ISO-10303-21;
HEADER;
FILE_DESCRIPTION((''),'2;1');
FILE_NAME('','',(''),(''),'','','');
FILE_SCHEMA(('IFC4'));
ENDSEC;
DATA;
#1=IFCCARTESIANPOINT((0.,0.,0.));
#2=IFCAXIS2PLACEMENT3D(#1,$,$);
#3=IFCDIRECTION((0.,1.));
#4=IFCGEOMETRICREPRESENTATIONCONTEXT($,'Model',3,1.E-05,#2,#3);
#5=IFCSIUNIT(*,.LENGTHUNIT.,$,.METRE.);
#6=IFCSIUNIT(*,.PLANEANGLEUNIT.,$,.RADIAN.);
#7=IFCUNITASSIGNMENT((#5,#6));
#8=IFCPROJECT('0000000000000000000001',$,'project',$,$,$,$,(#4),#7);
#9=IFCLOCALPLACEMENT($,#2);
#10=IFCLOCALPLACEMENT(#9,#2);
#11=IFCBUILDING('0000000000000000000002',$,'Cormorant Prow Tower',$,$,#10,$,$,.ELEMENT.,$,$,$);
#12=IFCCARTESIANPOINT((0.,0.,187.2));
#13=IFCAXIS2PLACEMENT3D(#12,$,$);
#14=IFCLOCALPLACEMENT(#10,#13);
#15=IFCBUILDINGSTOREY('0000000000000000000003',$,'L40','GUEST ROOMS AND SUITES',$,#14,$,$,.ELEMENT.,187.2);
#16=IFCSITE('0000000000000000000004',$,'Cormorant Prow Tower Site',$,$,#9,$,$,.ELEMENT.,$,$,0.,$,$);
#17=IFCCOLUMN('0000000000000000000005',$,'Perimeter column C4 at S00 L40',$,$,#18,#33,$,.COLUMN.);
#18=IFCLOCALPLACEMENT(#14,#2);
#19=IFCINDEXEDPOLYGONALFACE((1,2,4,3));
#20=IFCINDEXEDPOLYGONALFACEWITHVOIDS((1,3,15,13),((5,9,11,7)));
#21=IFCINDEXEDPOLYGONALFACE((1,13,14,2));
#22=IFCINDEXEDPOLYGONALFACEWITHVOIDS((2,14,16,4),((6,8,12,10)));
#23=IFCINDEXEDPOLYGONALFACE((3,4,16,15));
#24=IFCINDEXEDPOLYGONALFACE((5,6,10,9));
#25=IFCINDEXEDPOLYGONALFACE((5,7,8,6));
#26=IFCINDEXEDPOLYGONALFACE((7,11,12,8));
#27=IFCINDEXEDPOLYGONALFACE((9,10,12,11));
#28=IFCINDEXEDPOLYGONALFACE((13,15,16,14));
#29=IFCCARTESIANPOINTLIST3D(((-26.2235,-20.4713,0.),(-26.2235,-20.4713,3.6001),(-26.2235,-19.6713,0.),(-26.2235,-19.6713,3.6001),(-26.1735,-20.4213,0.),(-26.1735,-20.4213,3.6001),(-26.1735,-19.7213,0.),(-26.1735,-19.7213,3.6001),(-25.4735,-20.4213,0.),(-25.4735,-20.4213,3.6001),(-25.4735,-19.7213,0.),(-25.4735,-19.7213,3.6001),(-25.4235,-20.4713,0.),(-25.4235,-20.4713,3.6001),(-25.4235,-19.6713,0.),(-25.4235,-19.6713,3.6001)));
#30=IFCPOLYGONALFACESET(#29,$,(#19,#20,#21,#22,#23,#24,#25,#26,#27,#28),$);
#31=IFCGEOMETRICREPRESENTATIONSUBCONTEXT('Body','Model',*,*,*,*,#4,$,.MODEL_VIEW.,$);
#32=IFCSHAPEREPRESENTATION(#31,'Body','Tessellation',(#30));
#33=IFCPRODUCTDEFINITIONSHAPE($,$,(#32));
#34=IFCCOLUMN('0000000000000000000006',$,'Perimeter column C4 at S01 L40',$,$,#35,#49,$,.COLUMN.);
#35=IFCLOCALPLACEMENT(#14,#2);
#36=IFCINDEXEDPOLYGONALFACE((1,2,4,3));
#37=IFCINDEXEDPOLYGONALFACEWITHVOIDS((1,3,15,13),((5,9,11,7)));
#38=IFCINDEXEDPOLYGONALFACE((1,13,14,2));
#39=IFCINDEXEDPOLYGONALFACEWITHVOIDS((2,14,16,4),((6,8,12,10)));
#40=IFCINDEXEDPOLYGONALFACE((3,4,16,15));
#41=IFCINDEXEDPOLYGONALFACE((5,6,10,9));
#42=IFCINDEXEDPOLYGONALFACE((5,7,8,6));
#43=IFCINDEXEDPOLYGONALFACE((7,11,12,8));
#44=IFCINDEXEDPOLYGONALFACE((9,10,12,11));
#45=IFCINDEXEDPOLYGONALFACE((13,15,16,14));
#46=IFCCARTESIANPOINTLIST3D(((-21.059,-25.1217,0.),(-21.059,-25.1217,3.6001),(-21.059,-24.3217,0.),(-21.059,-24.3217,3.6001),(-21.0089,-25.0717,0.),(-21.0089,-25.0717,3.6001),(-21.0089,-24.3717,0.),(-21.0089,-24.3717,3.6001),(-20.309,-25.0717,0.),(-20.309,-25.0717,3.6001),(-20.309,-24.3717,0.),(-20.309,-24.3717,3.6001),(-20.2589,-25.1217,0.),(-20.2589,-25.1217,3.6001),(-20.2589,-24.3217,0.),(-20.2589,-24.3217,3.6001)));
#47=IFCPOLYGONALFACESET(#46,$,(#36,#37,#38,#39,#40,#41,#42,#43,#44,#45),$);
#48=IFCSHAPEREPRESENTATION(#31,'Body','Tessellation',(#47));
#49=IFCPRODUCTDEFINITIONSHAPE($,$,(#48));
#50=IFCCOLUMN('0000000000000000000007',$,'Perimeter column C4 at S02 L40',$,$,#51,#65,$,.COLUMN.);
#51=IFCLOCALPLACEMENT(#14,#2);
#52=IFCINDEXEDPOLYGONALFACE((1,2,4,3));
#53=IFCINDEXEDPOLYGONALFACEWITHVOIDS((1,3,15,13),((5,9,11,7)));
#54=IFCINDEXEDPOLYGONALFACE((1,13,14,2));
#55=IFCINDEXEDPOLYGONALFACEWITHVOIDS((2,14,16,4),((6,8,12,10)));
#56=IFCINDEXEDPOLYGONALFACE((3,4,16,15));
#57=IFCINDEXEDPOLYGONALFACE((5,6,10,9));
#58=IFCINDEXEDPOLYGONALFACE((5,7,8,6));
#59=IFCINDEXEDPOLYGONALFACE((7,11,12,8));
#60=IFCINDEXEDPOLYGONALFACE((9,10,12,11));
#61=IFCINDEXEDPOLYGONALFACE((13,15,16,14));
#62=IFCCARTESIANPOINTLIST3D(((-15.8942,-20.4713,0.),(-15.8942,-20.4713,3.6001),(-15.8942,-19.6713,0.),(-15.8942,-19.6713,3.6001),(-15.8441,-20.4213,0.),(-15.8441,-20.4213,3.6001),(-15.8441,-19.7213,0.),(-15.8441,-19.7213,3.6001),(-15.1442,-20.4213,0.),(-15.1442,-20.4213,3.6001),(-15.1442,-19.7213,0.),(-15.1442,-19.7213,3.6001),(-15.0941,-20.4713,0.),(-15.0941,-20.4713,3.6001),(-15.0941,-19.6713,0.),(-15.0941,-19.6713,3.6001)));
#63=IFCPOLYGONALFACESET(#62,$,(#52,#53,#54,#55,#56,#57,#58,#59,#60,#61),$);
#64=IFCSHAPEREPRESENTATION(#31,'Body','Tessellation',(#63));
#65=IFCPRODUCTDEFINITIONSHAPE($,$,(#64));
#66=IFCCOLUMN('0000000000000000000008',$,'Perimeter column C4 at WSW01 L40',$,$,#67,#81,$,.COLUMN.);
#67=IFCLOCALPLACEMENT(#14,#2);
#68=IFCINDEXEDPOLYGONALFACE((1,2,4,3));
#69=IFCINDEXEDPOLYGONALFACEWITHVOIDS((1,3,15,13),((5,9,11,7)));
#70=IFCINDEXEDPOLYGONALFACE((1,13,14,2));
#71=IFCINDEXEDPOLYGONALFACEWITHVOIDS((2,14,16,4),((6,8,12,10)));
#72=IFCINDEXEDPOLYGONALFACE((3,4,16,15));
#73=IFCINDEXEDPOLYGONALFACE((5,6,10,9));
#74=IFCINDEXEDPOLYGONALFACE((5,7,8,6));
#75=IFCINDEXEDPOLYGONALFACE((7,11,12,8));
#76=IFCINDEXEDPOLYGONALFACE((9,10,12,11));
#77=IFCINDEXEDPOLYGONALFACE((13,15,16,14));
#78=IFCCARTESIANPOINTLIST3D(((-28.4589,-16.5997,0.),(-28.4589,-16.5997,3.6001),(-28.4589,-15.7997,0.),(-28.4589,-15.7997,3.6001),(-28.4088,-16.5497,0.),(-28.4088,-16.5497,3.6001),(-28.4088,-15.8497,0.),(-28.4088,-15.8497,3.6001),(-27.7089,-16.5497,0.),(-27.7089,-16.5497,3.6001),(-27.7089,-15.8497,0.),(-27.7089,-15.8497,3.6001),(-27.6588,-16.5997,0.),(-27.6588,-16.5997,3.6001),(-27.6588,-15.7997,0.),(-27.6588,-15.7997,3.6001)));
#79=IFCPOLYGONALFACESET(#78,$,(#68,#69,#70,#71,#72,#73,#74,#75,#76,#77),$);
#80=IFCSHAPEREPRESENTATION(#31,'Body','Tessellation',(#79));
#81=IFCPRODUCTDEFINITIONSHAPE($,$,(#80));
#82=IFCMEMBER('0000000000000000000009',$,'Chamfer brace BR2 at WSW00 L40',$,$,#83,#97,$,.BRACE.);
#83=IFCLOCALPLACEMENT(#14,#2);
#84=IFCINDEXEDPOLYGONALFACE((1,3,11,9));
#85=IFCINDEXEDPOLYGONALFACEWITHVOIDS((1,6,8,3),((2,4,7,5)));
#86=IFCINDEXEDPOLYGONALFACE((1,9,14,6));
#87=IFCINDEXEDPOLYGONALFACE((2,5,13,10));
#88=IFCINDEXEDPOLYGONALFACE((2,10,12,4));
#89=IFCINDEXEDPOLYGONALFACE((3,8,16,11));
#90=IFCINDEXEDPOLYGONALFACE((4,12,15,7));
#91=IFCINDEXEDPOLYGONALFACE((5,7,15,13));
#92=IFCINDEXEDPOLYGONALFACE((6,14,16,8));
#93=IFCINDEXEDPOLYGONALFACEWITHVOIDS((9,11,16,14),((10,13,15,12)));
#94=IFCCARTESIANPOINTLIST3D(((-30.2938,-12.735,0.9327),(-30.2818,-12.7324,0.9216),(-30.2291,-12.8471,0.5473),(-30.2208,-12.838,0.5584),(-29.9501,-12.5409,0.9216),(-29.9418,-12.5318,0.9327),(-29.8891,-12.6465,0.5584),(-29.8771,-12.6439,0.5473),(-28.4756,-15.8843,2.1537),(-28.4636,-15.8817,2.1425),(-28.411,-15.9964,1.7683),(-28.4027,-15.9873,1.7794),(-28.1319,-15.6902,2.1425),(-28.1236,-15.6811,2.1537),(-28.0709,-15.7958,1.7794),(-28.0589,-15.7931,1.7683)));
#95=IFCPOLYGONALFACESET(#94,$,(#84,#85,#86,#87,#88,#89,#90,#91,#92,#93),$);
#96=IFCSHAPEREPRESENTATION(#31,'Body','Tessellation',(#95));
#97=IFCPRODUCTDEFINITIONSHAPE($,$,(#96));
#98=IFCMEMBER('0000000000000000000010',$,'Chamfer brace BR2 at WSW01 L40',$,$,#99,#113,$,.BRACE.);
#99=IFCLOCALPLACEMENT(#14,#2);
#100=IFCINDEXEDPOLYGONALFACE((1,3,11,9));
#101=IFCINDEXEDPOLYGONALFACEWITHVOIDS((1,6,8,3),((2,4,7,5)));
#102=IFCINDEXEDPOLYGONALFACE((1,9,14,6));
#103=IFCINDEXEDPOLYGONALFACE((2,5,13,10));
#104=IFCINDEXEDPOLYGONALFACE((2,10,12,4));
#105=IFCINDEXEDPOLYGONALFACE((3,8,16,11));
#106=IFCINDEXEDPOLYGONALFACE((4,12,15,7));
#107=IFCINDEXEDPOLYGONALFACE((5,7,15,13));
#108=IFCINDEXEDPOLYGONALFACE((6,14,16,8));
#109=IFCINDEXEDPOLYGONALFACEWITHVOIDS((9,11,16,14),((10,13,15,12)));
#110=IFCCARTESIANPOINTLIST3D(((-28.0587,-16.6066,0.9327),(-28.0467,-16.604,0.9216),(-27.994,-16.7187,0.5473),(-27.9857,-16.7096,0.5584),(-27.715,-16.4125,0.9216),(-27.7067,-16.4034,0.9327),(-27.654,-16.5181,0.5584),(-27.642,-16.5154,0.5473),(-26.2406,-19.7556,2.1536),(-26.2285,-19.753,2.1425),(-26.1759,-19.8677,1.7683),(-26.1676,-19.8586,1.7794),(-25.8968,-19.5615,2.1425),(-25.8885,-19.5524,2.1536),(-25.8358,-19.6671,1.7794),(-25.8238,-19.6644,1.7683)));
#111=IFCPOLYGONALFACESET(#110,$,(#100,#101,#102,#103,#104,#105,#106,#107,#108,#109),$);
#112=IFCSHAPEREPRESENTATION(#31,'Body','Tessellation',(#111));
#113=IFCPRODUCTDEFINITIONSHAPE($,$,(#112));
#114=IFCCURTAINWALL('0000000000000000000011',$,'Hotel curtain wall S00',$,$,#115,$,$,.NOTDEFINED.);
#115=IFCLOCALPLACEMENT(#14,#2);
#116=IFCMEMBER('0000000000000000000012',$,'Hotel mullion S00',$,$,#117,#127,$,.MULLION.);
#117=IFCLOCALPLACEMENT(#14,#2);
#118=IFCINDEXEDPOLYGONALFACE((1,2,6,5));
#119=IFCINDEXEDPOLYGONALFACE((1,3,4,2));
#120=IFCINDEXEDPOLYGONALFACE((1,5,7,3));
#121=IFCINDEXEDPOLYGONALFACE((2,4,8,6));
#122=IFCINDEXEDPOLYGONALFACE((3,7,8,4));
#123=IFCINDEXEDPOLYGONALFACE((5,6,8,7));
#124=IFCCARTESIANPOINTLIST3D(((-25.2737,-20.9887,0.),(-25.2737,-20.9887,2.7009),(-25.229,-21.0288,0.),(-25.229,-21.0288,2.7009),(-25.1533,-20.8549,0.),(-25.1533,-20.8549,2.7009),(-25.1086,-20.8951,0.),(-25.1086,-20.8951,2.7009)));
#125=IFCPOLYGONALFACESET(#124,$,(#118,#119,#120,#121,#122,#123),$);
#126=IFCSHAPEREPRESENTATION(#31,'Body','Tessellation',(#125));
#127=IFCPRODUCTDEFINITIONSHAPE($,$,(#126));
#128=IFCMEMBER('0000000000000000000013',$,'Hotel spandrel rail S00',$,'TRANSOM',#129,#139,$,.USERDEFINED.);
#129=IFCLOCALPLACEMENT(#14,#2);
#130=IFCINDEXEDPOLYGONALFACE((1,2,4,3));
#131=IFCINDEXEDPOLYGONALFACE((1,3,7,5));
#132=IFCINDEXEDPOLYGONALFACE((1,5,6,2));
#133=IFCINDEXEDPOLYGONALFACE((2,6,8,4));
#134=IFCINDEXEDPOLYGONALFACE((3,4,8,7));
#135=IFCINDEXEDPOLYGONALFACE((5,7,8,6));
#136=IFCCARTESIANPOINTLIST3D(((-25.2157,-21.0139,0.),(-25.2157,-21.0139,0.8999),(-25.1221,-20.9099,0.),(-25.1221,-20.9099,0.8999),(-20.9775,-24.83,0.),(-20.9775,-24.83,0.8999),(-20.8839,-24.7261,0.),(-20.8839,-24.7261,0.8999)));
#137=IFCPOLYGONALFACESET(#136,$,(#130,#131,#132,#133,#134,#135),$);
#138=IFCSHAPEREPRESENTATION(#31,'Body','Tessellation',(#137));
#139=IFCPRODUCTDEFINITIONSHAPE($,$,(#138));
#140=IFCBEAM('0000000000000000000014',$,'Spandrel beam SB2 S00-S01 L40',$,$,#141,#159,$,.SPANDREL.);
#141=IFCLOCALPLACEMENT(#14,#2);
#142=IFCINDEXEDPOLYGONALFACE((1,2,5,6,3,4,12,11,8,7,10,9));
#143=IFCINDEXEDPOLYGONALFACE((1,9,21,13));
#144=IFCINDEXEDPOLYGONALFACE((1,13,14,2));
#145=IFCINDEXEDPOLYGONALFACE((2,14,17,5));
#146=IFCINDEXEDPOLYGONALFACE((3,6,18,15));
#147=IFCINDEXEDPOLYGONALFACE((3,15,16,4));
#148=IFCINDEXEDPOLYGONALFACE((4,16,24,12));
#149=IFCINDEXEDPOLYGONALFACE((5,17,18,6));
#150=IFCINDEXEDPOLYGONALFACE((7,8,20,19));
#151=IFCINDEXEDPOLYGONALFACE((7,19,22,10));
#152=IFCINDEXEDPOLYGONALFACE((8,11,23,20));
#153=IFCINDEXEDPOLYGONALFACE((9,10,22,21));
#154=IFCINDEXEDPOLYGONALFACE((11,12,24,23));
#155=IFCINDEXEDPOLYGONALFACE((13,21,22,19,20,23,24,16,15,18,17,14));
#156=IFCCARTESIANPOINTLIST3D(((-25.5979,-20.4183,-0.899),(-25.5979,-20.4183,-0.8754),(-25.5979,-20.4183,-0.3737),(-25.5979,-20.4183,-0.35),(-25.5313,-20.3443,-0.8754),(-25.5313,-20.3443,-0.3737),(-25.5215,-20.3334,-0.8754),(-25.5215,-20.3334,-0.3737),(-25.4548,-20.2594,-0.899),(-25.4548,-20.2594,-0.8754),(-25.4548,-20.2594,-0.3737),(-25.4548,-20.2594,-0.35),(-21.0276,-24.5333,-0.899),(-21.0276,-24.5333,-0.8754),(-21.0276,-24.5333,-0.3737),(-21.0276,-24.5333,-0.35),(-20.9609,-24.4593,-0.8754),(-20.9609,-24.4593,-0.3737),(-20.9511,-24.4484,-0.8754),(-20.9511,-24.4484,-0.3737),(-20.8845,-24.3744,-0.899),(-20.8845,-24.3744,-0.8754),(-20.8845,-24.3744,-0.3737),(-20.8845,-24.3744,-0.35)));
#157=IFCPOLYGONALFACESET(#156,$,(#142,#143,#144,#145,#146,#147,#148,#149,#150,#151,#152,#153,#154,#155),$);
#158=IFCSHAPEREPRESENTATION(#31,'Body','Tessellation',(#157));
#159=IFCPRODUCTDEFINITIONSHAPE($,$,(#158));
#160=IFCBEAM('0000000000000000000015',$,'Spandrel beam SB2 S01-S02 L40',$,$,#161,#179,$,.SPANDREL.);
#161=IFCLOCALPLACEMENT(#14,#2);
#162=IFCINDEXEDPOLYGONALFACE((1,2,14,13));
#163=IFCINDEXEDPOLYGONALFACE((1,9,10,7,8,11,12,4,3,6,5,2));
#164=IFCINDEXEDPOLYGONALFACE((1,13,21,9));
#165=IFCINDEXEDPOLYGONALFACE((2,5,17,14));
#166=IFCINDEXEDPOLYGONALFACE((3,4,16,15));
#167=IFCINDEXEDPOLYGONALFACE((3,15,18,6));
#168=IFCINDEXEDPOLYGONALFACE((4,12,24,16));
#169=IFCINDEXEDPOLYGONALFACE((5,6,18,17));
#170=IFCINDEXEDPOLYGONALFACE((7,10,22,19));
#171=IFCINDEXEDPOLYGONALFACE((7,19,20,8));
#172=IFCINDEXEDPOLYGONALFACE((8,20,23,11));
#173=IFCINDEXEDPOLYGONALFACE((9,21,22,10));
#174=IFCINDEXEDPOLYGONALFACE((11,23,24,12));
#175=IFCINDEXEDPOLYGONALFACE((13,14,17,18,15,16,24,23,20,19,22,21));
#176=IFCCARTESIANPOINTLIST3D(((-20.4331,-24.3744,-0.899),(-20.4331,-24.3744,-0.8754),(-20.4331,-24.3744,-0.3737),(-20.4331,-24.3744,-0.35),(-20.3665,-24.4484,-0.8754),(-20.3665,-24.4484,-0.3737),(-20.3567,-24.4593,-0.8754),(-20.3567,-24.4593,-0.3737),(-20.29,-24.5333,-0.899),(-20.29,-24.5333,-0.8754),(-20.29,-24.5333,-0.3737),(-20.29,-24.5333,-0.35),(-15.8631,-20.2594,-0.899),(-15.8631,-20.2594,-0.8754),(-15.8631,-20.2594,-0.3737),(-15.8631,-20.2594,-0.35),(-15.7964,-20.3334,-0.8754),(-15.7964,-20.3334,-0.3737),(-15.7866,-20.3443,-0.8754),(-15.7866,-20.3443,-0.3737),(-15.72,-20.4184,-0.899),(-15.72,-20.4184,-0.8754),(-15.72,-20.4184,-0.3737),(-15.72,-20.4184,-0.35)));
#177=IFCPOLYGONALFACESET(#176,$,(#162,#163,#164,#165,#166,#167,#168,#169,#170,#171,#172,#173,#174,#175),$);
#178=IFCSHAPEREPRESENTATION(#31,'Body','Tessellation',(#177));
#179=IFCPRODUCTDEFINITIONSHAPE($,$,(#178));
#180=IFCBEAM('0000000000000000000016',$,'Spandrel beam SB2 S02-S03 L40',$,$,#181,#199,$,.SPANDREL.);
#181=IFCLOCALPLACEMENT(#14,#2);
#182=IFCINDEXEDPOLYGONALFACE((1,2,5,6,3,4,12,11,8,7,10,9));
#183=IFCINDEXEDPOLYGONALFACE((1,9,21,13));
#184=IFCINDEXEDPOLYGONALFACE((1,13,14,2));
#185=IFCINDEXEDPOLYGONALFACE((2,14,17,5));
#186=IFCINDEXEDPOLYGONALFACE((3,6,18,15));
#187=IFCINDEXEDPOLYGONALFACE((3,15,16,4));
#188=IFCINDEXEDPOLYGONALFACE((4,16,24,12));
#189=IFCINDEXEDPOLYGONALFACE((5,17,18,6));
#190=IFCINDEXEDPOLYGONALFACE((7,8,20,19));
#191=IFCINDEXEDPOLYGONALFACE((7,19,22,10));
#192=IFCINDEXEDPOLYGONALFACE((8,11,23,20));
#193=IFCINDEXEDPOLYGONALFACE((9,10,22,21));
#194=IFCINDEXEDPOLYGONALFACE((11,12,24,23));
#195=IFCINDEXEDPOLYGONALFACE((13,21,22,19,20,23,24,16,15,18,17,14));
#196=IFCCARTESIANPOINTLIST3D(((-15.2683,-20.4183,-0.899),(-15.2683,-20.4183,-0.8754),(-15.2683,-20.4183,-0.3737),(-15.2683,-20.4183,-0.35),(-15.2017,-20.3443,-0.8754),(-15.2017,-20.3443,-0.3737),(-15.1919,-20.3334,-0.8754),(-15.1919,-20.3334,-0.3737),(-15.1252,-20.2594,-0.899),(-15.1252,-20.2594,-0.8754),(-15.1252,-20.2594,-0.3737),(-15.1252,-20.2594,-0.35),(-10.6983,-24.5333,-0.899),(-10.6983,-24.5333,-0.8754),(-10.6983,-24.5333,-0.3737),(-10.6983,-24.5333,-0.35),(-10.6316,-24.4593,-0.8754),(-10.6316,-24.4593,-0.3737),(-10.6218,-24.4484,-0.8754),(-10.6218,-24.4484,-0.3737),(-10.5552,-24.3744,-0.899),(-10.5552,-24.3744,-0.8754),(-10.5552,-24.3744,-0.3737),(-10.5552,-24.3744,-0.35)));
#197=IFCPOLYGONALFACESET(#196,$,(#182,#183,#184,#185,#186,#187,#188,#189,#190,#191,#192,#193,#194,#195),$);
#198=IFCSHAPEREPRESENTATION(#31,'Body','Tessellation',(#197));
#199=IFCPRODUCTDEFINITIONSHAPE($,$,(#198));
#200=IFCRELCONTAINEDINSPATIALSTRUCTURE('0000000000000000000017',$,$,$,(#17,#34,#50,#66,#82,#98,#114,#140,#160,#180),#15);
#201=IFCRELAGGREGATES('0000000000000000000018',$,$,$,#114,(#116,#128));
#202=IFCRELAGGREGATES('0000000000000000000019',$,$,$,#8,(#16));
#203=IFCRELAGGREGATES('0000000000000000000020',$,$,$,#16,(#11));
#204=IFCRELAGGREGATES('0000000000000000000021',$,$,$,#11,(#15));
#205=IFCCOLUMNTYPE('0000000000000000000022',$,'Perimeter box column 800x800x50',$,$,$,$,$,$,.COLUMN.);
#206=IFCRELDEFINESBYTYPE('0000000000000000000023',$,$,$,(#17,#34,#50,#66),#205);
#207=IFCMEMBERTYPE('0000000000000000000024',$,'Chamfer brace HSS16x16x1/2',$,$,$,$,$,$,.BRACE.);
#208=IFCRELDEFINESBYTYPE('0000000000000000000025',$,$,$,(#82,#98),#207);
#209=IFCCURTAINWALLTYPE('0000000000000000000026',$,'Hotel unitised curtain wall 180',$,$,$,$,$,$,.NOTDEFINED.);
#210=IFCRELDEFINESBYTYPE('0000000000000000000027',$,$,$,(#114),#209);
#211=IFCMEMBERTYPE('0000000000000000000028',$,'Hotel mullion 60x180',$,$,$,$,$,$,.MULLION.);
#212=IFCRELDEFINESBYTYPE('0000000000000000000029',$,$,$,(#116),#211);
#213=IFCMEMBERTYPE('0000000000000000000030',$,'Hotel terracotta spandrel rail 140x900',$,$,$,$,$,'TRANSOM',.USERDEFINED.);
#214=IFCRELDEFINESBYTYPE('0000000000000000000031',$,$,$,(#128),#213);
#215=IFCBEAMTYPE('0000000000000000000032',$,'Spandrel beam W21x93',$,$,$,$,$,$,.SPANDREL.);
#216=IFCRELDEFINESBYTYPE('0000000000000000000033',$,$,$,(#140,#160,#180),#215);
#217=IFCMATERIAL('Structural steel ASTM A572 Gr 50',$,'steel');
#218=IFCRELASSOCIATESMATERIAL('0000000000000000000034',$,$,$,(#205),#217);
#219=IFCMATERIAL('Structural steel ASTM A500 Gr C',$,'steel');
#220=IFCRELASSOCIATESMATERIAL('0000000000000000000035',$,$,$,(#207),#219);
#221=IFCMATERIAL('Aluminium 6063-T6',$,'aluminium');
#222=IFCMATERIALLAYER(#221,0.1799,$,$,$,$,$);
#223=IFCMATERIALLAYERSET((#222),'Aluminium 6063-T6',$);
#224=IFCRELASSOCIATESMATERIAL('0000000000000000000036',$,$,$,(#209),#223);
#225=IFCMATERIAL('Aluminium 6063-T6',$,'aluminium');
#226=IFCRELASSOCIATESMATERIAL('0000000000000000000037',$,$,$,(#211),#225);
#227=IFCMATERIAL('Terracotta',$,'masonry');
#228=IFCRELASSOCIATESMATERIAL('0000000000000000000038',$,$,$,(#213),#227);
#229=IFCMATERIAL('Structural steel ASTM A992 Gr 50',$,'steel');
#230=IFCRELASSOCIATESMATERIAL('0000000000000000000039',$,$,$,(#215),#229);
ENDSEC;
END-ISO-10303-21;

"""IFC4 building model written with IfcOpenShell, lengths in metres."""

from ifc_helpers import new_model, si_unit, direction, frame, origin, origin_2d, place, context, subcontext, project, spatial, rectangle, hollow_rectangle, i_section, extrude, material, layer, layer_set, material_profile, profile_set, type_object, element, aggregate, save


model = new_model("IFC4")

# Units and contexts
model_context = context("Model", 3, precision=1e-05, world=origin(), true_north=direction((0.0, 1.0)))
body_context = subcontext(model_context, "Body", "Model", "MODEL_VIEW")
ifc_project = project(units=[si_unit("LENGTHUNIT", "METRE"), si_unit("PLANEANGLEUNIT", "RADIAN")], contexts=[model_context])

# Site, building, storey
site_placement = place(None, origin())
site = spatial("IfcSite", under=ifc_project, at=site_placement, Name="Cormorant Prow Tower Site", CompositionType="ELEMENT", RefElevation=0.0)
building_placement = place(site_placement, origin())
building = spatial("IfcBuilding", under=site, at=building_placement, Name="Cormorant Prow Tower", CompositionType="ELEMENT")
storey_placement = place(building_placement, frame((0.0, 0.0, 187.2)))
storey = spatial("IfcBuildingStorey", under=building, at=storey_placement, Name="L40", Description="GUEST ROOMS AND SUITES", CompositionType="ELEMENT", Elevation=187.2)

# Columns
ifc_material_1 = material(Name="Structural steel ASTM A572 Gr 50", Category="steel")
ifc_material_profile_1 = material_profile(ifc_material_1, hollow_rectangle(XDim=0.8, YDim=0.8, WallThickness=0.05, at=origin_2d()), Name="Box 800x800x50")
ifc_profile_set_1 = profile_set([ifc_material_profile_1], Name="Structural steel ASTM A572 Gr 50")
column_type = type_object("IfcColumnType", Name="Perimeter box column 800x800x50", PredefinedType="COLUMN", material=ifc_profile_set_1)
for number, where, z_axis, x_axis, name in (
    (1, (-25.8235, -20.0713, 0.0), (0.0, 0.0, 1.0), (1.0, 0.0, 0.0), "Perimeter column C4 at S00 L40"),
    (2, (-20.6589, -24.7217, 0.0), (0.0, 0.0, 1.0), (1.0, 0.0, 0.0), "Perimeter column C4 at S01 L40"),
    (3, (-15.4941, -20.0713, 0.0), (0.0, 0.0, 1.0), (1.0, 0.0, 0.0), "Perimeter column C4 at S02 L40"),
    (4, (-28.0588, -16.1997, 0.0), (0.0, 0.0, 1.0), (1.0, 0.0, 0.0), "Perimeter column C4 at WSW01 L40"),
):
    element("IfcColumn", number, at=place(storey_placement, frame(where, z_axis=z_axis, x_axis=x_axis)), inside=storey, type_object=column_type, Name=name, PredefinedType="COLUMN", context=body_context, shape_type="SweptSolid", body=[
        extrude(hollow_rectangle(XDim=0.8, YDim=0.8, WallThickness=0.05, at=origin_2d()), origin(), (0.0, 0.0, 1.0), 3.6001),
    ])

# Members
ifc_material_2 = material(Name="Structural steel ASTM A500 Gr C", Category="steel")
ifc_material_profile_2 = material_profile(ifc_material_2, hollow_rectangle(XDim=0.4065, YDim=0.4065, WallThickness=0.0117, at=origin_2d()), Name="HSS16x16x1/2")
ifc_profile_set_2 = profile_set([ifc_material_profile_2], Name="Structural steel ASTM A500 Gr C")
member_type_1 = type_object("IfcMemberType", Name="Chamfer brace HSS16x16x1/2", PredefinedType="BRACE", material=ifc_profile_set_2)
member_1_placement = place(storey_placement, frame((-30.0854, -12.6895, 0.74), z_axis=(0.473983, -0.82099, 0.318301), x_axis=(0.866032, 0.499988, 0.0)))
element("IfcMember", 5, at=member_1_placement, inside=storey, type_object=member_type_1, Name="Chamfer brace BR2 at WSW00 L40", PredefinedType="BRACE", context=body_context, shape_type="SweptSolid", body=[
    extrude(hollow_rectangle(XDim=0.4065, YDim=0.4065, WallThickness=0.0117, at=origin_2d()), origin(), (0.0, 0.0, 1.0), 3.8359),
])
member_2_placement = place(storey_placement, frame((-27.8503, -16.561, 0.74), z_axis=(0.474008, -0.820969, 0.318318), x_axis=(0.866016, 0.500017, 0.0)))
element("IfcMember", 6, at=member_2_placement, inside=storey, type_object=member_type_1, Name="Chamfer brace BR2 at WSW01 L40", PredefinedType="BRACE", context=body_context, shape_type="SweptSolid", body=[
    extrude(hollow_rectangle(XDim=0.4065, YDim=0.4065, WallThickness=0.0117, at=origin_2d()), origin(), (0.0, 0.0, 1.0), 3.8357),
])

# Curtain wall, members
ifc_material_3 = material(Name="Aluminium 6063-T6", Category="aluminium")
ifc_layer_1 = layer(ifc_material_3, 0.1799)
ifc_layer_set_1 = layer_set([ifc_layer_1], Name="Aluminium 6063-T6")
curtain_wall_type = type_object("IfcCurtainWallType", Name="Hotel unitised curtain wall 180", PredefinedType="NOTDEFINED", material=ifc_layer_set_1)
curtain_wall_placement = place(storey_placement, origin())
curtain_wall = element("IfcCurtainWall", 7, at=curtain_wall_placement, inside=storey, type_object=curtain_wall_type, Name="Hotel curtain wall S00", PredefinedType="NOTDEFINED")
ifc_material_4 = material(Name="Aluminium 6063-T6", Category="aluminium")
ifc_material_profile_3 = material_profile(ifc_material_4, rectangle(XDim=0.1799, YDim=0.0601, at=origin_2d()), Name="Hotel mullion 60x180")
ifc_profile_set_3 = profile_set([ifc_material_profile_3], Name="Aluminium 6063-T6")
member_type_2 = type_object("IfcMemberType", Name="Hotel mullion 60x180", PredefinedType="MULLION", material=ifc_profile_set_3)
member_3_placement = place(storey_placement, frame((-25.1912, -20.9419, 0.0), z_axis=(0.0, 0.0, 1.0), x_axis=(0.669131, 0.743145, 0.0)))
member_3 = element("IfcMember", 8, at=member_3_placement, type_object=member_type_2, Name="Hotel mullion S00", PredefinedType="MULLION", context=body_context, shape_type="SweptSolid", body=[
    extrude(rectangle(XDim=0.1799, YDim=0.0601, at=origin_2d()), origin(), (0.0, 0.0, 1.0), 2.7009),
])
ifc_material_5 = material(Name="Terracotta", Category="masonry")
ifc_material_profile_4 = material_profile(ifc_material_5, rectangle(XDim=0.1399, YDim=0.8999, at=origin_2d()), Name="Hotel terracotta spandrel rail 140x900")
ifc_profile_set_4 = profile_set([ifc_material_profile_4], Name="Terracotta")
member_type_3 = type_object("IfcMemberType", Name="Hotel terracotta spandrel rail 140x900", ElementType="TRANSOM", PredefinedType="USERDEFINED", material=ifc_profile_set_4)
member_4_placement = place(storey_placement, frame((-25.1689, -20.9619, 0.45), z_axis=(0.743145, -0.66913, 0.0), x_axis=(0.66913, 0.743145, 0.0)))
member_4 = element("IfcMember", 9, at=member_4_placement, type_object=member_type_3, Name="Hotel spandrel rail S00", ObjectType="TRANSOM", PredefinedType="USERDEFINED", context=body_context, shape_type="SweptSolid", body=[
    extrude(rectangle(XDim=0.1399, YDim=0.8999, at=origin_2d()), origin(), (0.0, 0.0, 1.0), 5.7031),
])

# Beams
ifc_material_6 = material(Name="Structural steel ASTM A992 Gr 50", Category="steel")
ifc_material_profile_5 = material_profile(ifc_material_6, i_section(OverallWidth=0.2139, OverallDepth=0.5491, WebThickness=0.0146, FlangeThickness=0.0237, at=origin_2d()), Name="W21x93")
ifc_profile_set_5 = profile_set([ifc_material_profile_5], Name="Structural steel ASTM A992 Gr 50")
beam_type = type_object("IfcBeamType", Name="Spandrel beam W21x93", PredefinedType="SPANDREL", material=ifc_profile_set_5)
beam_placement = place(storey_placement, frame((-25.5264, -20.3389, -0.6245), z_axis=(0.743156, -0.669118, 0.0), x_axis=(0.669118, 0.743156, 0.0)))
element("IfcBeam", 10, at=beam_placement, inside=storey, type_object=beam_type, Name="Spandrel beam SB2 S00-S01 L40", PredefinedType="SPANDREL", context=body_context, shape_type="SweptSolid", body=[
    extrude(i_section(OverallWidth=0.2139, OverallDepth=0.5491, WebThickness=0.0146, FlangeThickness=0.0237, at=origin_2d()), origin(), (0.0, 0.0, 1.0), 6.1499),
])
for number, where, z_axis, x_axis, name in (
    (11, (-20.3616, -24.4539, -0.6245), (0.743138, 0.669138, 0.0), (-0.669138, 0.743138, 0.0), "Spandrel beam SB2 S01-S02 L40"),
    (12, (-15.1968, -20.3389, -0.6245), (0.743138, -0.669138, 0.0), (0.669138, 0.743138, 0.0), "Spandrel beam SB2 S02-S03 L40"),
):
    element("IfcBeam", number, at=place(storey_placement, frame(where, z_axis=z_axis, x_axis=x_axis)), inside=storey, type_object=beam_type, Name=name, PredefinedType="SPANDREL", context=body_context, shape_type="SweptSolid", body=[
        extrude(i_section(OverallWidth=0.2139, OverallDepth=0.5491, WebThickness=0.0146, FlangeThickness=0.0237, at=origin_2d()), origin(), (0.0, 0.0, 1.0), 6.1497),
    ])

aggregate(curtain_wall, [member_3, member_4])

save(model, "model.ifc")
